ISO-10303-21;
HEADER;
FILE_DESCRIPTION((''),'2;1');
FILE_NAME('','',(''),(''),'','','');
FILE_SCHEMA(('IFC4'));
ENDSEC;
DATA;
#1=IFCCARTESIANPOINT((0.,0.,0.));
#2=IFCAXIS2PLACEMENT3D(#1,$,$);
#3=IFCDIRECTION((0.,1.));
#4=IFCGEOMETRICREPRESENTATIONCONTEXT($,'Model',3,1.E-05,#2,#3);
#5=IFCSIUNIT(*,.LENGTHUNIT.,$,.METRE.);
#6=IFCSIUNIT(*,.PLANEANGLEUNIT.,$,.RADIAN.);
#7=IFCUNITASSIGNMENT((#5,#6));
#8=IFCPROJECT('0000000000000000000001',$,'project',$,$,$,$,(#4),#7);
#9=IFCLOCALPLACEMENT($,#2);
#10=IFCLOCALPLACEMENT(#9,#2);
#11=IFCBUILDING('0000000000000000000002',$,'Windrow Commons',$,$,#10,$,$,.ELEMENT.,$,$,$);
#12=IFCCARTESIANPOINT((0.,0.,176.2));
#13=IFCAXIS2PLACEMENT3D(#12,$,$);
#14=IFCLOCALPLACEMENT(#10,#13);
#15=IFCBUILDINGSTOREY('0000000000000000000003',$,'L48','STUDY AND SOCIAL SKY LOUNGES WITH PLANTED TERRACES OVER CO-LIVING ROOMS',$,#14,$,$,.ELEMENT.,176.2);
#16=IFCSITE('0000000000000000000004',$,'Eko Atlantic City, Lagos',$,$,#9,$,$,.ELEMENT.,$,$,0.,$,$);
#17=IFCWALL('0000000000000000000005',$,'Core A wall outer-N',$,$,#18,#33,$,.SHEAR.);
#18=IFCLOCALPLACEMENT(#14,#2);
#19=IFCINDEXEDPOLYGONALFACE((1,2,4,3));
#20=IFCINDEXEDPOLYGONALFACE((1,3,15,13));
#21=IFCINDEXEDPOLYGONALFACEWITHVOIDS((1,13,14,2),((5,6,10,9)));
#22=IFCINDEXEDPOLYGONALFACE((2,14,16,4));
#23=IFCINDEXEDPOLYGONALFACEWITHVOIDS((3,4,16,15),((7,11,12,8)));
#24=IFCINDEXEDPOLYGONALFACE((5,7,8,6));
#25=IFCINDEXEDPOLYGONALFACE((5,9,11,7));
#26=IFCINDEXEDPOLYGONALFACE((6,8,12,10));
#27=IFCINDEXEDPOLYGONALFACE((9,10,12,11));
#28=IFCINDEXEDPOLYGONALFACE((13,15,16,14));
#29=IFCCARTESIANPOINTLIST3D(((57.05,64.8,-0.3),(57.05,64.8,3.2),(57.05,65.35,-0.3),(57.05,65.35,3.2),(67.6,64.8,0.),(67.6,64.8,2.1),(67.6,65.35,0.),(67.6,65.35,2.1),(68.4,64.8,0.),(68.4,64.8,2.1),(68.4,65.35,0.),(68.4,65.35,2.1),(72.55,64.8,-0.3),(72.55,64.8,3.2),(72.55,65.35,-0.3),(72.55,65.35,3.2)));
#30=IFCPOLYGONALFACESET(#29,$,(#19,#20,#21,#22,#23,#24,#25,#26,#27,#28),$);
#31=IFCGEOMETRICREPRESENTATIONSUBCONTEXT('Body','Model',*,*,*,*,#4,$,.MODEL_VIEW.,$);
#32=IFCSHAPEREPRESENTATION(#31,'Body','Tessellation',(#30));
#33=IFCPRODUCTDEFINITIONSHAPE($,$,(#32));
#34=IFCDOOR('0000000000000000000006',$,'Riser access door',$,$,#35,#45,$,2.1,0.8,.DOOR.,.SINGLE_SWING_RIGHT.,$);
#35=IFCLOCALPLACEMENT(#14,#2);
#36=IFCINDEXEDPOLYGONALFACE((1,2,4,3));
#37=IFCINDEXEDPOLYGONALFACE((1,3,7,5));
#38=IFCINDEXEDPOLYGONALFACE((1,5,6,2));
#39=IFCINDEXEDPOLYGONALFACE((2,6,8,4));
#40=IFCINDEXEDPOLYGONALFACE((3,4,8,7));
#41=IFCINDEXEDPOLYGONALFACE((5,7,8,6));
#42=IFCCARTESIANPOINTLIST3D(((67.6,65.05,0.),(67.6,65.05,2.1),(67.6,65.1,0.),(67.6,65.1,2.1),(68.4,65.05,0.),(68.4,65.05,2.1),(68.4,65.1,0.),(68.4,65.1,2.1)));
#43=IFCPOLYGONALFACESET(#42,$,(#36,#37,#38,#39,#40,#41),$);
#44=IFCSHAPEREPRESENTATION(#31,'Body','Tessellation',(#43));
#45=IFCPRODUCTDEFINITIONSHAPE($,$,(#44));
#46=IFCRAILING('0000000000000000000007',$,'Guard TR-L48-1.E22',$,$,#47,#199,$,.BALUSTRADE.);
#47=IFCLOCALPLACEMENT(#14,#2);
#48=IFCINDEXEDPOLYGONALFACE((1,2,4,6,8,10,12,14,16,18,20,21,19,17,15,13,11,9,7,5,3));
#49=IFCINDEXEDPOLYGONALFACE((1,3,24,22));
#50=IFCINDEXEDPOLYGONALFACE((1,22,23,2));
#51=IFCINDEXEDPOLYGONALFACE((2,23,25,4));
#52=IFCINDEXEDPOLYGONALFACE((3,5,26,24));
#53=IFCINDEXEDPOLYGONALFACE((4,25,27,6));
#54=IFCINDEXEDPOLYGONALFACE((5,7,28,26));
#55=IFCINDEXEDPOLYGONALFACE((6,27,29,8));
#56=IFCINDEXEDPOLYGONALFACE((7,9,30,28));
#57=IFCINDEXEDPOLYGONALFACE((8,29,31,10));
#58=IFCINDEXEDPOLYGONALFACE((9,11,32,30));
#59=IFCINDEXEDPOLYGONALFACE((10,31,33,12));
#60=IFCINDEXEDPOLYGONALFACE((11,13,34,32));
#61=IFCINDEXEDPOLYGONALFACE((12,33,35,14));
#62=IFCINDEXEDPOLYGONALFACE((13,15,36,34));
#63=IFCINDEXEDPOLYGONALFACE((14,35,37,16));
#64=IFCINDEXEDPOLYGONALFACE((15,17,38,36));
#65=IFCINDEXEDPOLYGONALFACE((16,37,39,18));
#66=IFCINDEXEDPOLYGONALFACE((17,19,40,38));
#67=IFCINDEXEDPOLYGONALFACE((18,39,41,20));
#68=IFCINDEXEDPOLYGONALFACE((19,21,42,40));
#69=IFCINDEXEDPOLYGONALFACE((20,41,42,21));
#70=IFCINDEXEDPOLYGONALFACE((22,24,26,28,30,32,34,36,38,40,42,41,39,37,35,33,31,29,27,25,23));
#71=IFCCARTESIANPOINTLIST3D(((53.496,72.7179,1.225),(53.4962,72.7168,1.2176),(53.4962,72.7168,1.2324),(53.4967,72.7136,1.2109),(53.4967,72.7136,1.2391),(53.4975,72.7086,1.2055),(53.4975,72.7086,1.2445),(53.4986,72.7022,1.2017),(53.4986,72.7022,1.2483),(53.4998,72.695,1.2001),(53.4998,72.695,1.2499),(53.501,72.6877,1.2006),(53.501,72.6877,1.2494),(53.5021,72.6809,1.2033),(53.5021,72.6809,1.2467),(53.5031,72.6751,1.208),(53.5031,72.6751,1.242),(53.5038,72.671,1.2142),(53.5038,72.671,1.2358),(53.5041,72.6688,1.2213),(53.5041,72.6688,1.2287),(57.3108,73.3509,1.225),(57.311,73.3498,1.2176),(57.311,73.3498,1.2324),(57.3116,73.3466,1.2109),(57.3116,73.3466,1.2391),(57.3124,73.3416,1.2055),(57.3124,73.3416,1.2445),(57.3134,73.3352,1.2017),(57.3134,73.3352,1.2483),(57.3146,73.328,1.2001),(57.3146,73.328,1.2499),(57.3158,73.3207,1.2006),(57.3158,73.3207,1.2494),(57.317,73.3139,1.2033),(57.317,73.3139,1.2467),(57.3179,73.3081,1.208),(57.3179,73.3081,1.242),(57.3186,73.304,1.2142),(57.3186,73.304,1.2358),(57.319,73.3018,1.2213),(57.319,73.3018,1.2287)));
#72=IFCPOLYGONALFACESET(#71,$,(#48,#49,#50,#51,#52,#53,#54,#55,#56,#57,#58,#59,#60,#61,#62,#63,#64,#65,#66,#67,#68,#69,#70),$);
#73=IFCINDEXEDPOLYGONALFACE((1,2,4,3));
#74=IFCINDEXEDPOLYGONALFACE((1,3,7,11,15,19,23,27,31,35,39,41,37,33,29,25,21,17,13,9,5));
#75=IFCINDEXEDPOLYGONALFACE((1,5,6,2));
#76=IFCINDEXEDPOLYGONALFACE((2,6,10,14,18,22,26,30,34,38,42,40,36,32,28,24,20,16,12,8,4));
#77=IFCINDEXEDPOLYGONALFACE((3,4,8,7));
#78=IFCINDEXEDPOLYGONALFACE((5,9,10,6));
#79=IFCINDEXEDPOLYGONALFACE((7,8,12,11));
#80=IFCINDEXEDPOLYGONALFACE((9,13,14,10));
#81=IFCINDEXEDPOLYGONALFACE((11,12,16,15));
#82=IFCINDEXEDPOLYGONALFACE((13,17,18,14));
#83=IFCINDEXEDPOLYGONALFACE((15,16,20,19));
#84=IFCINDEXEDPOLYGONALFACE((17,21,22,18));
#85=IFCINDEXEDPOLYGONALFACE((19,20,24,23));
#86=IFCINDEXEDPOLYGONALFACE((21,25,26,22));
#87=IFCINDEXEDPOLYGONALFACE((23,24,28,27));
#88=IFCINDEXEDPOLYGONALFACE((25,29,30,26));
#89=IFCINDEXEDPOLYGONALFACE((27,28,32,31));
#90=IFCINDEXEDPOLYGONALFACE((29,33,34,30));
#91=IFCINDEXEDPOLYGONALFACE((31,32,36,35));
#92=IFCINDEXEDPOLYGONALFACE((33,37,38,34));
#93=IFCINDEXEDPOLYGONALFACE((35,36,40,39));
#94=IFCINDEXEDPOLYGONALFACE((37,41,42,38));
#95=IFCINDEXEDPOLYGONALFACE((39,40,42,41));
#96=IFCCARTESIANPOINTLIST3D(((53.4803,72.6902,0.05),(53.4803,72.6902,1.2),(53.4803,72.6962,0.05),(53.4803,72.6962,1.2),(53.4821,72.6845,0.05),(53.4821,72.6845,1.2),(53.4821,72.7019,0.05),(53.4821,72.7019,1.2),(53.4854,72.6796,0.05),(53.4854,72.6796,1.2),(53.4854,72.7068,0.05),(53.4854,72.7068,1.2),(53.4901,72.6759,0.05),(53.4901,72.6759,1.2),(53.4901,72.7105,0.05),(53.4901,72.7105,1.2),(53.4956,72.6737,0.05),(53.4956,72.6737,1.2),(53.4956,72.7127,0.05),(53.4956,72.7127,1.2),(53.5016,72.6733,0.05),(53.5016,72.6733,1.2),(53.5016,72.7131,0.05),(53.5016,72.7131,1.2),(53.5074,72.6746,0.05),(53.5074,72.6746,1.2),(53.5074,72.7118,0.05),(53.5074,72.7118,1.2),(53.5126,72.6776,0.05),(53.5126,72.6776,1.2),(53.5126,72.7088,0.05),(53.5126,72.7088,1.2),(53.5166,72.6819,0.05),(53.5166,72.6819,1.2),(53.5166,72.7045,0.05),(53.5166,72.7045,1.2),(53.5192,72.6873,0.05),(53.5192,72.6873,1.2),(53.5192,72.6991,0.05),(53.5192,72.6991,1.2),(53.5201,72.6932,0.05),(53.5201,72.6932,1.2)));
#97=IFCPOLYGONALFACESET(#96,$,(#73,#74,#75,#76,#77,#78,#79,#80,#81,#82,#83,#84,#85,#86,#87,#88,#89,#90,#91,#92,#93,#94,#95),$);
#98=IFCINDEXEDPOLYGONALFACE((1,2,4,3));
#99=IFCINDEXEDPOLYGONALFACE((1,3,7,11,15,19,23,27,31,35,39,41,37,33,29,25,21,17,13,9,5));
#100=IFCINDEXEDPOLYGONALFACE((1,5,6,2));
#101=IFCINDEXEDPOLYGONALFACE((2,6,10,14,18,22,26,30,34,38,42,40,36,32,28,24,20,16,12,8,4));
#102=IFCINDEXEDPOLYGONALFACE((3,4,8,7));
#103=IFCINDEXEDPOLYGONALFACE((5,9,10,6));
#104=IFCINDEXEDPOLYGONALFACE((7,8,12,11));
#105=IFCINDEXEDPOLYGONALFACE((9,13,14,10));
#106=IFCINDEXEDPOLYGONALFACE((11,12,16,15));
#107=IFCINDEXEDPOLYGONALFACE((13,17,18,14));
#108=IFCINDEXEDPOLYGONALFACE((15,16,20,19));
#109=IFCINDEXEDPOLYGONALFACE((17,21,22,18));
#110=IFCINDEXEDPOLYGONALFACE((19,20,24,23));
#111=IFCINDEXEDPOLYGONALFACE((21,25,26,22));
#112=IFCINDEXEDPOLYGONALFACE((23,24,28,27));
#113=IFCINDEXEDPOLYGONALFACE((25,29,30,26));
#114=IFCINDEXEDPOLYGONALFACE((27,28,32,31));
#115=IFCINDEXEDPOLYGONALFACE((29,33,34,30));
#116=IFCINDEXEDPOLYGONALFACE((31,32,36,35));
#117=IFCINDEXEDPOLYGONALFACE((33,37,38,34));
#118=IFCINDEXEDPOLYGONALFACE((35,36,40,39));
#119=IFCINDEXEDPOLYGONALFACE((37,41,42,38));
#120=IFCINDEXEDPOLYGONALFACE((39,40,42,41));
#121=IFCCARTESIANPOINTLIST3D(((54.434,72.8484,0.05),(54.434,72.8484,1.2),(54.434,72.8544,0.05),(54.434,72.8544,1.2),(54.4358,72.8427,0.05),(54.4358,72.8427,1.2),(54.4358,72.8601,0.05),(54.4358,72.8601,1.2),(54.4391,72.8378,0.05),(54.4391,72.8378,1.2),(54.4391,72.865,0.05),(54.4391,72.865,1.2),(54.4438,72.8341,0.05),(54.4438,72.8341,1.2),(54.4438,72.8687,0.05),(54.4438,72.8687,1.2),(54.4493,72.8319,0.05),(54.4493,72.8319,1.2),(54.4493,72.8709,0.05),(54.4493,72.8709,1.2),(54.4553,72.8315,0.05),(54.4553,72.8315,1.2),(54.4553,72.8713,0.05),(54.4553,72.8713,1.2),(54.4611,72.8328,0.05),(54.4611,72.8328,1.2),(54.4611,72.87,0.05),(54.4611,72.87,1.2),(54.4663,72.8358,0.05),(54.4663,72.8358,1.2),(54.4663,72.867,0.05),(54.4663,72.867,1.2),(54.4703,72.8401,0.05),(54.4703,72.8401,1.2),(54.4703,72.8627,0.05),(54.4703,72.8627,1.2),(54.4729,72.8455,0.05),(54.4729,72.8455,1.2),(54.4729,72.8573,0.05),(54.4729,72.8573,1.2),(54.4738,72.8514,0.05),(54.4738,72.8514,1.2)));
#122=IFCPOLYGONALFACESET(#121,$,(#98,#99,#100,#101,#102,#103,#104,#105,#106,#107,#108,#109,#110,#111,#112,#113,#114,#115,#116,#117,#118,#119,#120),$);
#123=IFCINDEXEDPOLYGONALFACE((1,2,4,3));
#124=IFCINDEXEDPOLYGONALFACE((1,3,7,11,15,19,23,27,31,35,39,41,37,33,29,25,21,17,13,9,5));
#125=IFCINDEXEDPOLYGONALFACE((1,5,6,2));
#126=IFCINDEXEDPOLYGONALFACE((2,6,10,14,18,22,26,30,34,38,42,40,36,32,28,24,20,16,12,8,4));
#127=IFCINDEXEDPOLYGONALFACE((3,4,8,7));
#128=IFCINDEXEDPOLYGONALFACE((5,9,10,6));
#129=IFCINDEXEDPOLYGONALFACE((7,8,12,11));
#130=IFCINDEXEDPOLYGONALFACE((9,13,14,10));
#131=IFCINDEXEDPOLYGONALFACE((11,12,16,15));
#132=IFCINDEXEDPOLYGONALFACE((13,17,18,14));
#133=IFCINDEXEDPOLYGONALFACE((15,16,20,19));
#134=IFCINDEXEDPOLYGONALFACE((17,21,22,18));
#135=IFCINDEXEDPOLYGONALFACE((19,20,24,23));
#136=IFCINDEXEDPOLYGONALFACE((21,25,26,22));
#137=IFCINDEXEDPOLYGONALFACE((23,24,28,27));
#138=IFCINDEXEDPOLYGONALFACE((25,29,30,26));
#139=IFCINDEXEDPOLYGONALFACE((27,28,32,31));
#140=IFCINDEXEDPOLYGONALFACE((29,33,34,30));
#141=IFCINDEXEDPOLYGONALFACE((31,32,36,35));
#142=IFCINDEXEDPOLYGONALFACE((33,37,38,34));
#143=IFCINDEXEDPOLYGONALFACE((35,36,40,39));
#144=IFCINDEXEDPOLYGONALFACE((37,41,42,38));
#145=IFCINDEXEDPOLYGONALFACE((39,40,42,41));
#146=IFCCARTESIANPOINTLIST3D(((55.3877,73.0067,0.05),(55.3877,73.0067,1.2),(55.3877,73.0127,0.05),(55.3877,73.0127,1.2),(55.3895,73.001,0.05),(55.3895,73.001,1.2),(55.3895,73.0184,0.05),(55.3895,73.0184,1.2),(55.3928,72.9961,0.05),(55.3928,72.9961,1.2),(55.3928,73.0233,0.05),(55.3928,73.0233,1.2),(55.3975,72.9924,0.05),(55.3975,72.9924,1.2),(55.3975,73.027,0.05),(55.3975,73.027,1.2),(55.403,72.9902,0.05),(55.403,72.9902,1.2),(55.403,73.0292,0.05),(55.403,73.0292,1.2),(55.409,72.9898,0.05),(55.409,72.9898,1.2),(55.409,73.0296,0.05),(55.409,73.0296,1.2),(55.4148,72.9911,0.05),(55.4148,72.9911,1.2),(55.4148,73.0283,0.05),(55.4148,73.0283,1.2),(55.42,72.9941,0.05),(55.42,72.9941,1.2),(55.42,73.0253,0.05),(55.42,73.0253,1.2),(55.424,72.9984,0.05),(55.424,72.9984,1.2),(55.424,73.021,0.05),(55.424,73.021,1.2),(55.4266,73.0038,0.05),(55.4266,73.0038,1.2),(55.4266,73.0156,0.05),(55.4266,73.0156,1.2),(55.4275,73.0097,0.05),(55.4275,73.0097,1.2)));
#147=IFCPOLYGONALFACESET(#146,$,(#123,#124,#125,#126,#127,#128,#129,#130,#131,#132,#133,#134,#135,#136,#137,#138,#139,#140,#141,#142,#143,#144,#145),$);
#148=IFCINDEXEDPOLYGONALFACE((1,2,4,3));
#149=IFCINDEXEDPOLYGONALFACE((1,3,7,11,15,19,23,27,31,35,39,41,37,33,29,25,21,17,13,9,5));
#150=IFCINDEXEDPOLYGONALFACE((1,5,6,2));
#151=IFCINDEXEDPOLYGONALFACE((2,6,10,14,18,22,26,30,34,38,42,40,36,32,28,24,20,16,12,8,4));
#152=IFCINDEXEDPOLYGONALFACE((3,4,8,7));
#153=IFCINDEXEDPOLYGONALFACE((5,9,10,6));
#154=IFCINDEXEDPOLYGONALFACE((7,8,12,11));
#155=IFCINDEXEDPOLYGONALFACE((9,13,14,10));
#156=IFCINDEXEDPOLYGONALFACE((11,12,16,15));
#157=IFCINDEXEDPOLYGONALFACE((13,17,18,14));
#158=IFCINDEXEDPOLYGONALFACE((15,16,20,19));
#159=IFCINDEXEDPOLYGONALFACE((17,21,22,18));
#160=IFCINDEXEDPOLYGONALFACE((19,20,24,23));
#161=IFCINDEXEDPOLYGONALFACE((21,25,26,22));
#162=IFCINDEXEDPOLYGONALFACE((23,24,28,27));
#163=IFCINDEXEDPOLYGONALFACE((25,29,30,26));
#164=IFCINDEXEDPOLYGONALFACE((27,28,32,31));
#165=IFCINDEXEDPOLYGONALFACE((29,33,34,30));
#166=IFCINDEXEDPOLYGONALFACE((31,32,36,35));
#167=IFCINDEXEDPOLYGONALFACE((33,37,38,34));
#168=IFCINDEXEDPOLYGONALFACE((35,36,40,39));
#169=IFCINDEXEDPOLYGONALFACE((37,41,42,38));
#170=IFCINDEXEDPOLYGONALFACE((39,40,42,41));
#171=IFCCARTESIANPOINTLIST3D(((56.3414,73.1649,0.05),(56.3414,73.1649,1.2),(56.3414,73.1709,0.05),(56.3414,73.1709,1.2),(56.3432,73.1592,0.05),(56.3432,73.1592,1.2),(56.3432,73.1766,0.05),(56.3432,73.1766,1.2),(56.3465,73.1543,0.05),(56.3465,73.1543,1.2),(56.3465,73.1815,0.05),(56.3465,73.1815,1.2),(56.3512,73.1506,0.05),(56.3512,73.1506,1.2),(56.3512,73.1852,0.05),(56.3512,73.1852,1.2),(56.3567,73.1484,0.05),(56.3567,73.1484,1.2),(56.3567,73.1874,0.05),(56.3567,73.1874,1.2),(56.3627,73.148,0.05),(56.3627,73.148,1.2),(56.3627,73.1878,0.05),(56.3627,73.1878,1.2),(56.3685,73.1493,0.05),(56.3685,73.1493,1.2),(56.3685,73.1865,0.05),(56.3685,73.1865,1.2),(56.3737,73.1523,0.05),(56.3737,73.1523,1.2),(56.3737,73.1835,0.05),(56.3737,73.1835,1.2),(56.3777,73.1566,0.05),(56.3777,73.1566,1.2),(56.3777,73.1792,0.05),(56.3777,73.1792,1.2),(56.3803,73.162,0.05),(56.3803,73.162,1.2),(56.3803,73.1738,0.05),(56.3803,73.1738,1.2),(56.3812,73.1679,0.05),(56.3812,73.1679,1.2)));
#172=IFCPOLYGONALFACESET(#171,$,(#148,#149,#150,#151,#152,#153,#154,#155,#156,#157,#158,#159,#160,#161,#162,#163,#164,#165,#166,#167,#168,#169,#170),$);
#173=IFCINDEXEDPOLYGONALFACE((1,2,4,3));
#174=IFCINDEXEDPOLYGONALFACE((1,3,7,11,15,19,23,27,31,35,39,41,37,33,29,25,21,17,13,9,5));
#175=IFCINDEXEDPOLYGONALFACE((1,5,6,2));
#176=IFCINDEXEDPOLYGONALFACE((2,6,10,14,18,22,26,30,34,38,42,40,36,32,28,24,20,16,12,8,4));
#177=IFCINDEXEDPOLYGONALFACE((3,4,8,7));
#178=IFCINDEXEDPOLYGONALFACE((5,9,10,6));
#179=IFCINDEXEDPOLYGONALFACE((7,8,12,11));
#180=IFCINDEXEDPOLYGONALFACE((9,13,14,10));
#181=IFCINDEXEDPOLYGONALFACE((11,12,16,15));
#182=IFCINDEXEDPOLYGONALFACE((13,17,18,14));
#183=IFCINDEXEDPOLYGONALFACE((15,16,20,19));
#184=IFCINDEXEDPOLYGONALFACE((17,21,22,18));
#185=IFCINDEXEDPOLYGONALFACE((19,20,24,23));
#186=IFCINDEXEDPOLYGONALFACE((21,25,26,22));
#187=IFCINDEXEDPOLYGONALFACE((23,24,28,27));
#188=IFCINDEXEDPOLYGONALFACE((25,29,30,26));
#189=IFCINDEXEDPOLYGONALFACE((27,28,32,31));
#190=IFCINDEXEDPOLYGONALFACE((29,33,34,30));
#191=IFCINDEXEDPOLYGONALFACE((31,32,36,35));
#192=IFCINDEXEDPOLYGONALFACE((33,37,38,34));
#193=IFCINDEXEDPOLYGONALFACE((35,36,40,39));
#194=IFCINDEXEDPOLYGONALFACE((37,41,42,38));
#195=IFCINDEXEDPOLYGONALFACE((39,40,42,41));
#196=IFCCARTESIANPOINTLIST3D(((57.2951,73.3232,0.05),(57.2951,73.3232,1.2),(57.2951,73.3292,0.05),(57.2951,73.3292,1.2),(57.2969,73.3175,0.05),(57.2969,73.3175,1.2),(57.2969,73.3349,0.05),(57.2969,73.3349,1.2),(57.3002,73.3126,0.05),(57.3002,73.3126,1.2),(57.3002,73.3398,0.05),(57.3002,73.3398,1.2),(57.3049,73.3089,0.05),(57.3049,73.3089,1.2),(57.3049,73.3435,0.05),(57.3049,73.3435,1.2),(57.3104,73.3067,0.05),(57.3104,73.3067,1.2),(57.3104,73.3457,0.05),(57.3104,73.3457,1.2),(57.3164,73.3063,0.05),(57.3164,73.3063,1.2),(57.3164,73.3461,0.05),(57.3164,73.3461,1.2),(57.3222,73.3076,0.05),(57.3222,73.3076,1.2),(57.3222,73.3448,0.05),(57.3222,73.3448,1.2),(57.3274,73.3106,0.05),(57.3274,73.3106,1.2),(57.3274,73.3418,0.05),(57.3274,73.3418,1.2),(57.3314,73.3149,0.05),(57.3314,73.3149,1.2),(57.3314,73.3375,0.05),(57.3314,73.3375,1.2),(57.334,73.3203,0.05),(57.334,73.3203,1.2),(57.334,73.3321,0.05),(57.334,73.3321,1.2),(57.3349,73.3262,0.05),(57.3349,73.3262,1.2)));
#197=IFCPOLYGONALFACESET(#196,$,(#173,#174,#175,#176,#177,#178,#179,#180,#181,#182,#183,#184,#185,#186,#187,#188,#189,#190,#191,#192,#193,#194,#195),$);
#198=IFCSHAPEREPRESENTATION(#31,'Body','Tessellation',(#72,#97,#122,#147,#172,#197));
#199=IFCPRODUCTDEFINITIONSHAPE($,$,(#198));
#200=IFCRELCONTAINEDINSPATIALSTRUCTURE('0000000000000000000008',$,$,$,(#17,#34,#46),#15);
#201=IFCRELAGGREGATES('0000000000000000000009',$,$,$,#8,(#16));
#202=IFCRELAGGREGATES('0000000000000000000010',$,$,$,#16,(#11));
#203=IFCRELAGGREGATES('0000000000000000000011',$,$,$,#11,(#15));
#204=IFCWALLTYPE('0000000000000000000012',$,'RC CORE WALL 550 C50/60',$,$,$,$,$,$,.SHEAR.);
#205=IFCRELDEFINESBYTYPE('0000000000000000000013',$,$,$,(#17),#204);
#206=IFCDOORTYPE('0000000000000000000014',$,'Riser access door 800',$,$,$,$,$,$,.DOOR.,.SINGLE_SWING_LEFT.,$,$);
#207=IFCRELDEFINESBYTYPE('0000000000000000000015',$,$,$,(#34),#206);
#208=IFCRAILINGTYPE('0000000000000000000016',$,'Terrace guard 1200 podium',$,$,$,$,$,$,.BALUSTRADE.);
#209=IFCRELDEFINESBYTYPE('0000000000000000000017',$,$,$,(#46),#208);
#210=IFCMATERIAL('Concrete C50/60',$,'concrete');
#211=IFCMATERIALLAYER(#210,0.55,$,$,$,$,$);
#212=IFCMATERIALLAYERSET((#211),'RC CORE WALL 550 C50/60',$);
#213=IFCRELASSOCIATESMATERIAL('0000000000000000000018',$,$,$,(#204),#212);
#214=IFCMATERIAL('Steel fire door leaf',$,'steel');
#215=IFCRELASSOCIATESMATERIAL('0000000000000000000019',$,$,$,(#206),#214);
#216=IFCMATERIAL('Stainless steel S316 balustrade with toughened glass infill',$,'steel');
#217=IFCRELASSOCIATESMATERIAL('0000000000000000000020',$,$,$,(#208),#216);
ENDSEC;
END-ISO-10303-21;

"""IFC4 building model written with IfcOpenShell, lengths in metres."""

from ifc_helpers import new_model, si_unit, direction, frame, frame_2d, origin, origin_2d, place, context, subcontext, project, spatial, rectangle, circle, extrude, material, layer, layer_set, type_object, element, fill, save


model = new_model("IFC4")

# Units and contexts
model_context = context("Model", 3, precision=1e-05, world=origin(), true_north=direction((0.0, 1.0)))
body_context = subcontext(model_context, "Body", "Model", "MODEL_VIEW")
ifc_project = project(units=[si_unit("LENGTHUNIT", "METRE"), si_unit("PLANEANGLEUNIT", "RADIAN")], contexts=[model_context])

# Site, building, storey
site_placement = place(None, origin())
site = spatial("IfcSite", under=ifc_project, at=site_placement, Name="Eko Atlantic City, Lagos", CompositionType="ELEMENT", RefElevation=0.0)
building_placement = place(site_placement, origin())
building = spatial("IfcBuilding", under=site, at=building_placement, Name="Windrow Commons", CompositionType="ELEMENT")
storey_placement = place(building_placement, frame((0.0, 0.0, 176.2)))
storey = spatial("IfcBuildingStorey", under=building, at=storey_placement, Name="L48", Description="STUDY AND SOCIAL SKY LOUNGES WITH PLANTED TERRACES OVER CO-LIVING ROOMS", CompositionType="ELEMENT", Elevation=176.2)

# Wall, opening, door
ifc_material_1 = material(Name="Concrete C50/60", Category="concrete")
ifc_layer_1 = layer(ifc_material_1, 0.55)
ifc_layer_set_1 = layer_set([ifc_layer_1], Name="RC CORE WALL 550 C50/60")
wall_type_1 = type_object("IfcWallType", Name="RC CORE WALL 550 C50/60", PredefinedType="SHEAR", material=ifc_layer_set_1)
wall_1_placement = place(storey_placement, frame((57.05, 65.075, -0.3), z_axis=(0.0, 0.0, 1.0), x_axis=(1.0, 0.0, 0.0)))
wall_1 = element("IfcWall", 1, at=wall_1_placement, inside=storey, type_object=wall_type_1, Name="Core A wall outer-N", PredefinedType="SHEAR", context=body_context, shape_type="SweptSolid", body=[
    extrude(rectangle(XDim=15.5, YDim=0.55, at=frame_2d((7.75, 0.0))), origin(), (0.0, 0.0, 1.0), 3.5),
])
opening_1_placement = place(wall_1_placement, frame((10.55, 0.0, 0.3)))
opening_1 = element("IfcOpeningElement", 2, at=opening_1_placement, cuts=wall_1, PredefinedType="OPENING", context=body_context, shape_type="SweptSolid", body=[
    extrude(rectangle(XDim=0.8, YDim=2.1, at=frame_2d((0.4, 1.05))), frame((0.0, 0.285, 0.0), z_axis=(0.0, -1.0, 0.0), x_axis=(1.0, 0.0, 0.0)), (0.0, 0.0, 1.0), 0.57),
])
ifc_material_2 = material(Name="Steel fire door leaf", Category="steel")
door_type_1 = type_object("IfcDoorType", Name="Riser access door 800", OperationType="SINGLE_SWING_LEFT", PredefinedType="DOOR", material=ifc_material_2)
door_1_placement = place(opening_1_placement, origin())
door_1 = element("IfcDoor", 3, at=door_1_placement, inside=storey, type_object=door_type_1, Name="Riser access door", OperationType="SINGLE_SWING_RIGHT", OverallHeight=2.1, OverallWidth=0.8, PredefinedType="DOOR", context=body_context, shape_type="SweptSolid", body=[
    extrude(rectangle(XDim=0.8, YDim=2.1, at=frame_2d((0.4, 1.05))), frame((0.0, 0.025, 0.0), z_axis=(0.0, -1.0, 0.0), x_axis=(1.0, 0.0, 0.0)), (0.0, 0.0, 1.0), 0.05),
])
fill(opening_1, door_1)

# Railing
ifc_material_3 = material(Name="Stainless steel S316 balustrade with toughened glass infill", Category="steel")
railing_type = type_object("IfcRailingType", Name="Terrace guard 1200 podium", PredefinedType="BALUSTRADE", material=ifc_material_3)
railing_1_placement = place(storey_placement, frame((53.5001, 72.6932, 0.05)))
element("IfcRailing", 4, at=railing_1_placement, inside=storey, type_object=railing_type, Name="Guard TR-L48-1.E22", PredefinedType="BALUSTRADE", context=body_context, shape_type="SweptSolid", body=[
    extrude(circle(Radius=0.025, at=origin_2d()), frame((0.0, 0.0, 1.175), z_axis=(0.986511, 0.163694, 0.0), x_axis=(-0.163694, 0.986511, 0.0)), (0.0, 0.0, 1.0), 3.867),
    extrude(circle(Radius=0.02, at=origin_2d()), origin(), (0.0, 0.0, 1.0), 1.15),
    extrude(circle(Radius=0.02, at=origin_2d()), frame((0.9537, 0.1582, 0.0)), (0.0, 0.0, 1.0), 1.15),
    extrude(circle(Radius=0.02, at=origin_2d()), frame((1.9074, 0.3165, 0.0)), (0.0, 0.0, 1.0), 1.15),
    extrude(circle(Radius=0.02, at=origin_2d()), frame((2.8611, 0.4747, 0.0)), (0.0, 0.0, 1.0), 1.15),
    extrude(circle(Radius=0.02, at=origin_2d()), frame((3.8148, 0.633, 0.0)), (0.0, 0.0, 1.0), 1.15),
])

save(model, "model.ifc")
